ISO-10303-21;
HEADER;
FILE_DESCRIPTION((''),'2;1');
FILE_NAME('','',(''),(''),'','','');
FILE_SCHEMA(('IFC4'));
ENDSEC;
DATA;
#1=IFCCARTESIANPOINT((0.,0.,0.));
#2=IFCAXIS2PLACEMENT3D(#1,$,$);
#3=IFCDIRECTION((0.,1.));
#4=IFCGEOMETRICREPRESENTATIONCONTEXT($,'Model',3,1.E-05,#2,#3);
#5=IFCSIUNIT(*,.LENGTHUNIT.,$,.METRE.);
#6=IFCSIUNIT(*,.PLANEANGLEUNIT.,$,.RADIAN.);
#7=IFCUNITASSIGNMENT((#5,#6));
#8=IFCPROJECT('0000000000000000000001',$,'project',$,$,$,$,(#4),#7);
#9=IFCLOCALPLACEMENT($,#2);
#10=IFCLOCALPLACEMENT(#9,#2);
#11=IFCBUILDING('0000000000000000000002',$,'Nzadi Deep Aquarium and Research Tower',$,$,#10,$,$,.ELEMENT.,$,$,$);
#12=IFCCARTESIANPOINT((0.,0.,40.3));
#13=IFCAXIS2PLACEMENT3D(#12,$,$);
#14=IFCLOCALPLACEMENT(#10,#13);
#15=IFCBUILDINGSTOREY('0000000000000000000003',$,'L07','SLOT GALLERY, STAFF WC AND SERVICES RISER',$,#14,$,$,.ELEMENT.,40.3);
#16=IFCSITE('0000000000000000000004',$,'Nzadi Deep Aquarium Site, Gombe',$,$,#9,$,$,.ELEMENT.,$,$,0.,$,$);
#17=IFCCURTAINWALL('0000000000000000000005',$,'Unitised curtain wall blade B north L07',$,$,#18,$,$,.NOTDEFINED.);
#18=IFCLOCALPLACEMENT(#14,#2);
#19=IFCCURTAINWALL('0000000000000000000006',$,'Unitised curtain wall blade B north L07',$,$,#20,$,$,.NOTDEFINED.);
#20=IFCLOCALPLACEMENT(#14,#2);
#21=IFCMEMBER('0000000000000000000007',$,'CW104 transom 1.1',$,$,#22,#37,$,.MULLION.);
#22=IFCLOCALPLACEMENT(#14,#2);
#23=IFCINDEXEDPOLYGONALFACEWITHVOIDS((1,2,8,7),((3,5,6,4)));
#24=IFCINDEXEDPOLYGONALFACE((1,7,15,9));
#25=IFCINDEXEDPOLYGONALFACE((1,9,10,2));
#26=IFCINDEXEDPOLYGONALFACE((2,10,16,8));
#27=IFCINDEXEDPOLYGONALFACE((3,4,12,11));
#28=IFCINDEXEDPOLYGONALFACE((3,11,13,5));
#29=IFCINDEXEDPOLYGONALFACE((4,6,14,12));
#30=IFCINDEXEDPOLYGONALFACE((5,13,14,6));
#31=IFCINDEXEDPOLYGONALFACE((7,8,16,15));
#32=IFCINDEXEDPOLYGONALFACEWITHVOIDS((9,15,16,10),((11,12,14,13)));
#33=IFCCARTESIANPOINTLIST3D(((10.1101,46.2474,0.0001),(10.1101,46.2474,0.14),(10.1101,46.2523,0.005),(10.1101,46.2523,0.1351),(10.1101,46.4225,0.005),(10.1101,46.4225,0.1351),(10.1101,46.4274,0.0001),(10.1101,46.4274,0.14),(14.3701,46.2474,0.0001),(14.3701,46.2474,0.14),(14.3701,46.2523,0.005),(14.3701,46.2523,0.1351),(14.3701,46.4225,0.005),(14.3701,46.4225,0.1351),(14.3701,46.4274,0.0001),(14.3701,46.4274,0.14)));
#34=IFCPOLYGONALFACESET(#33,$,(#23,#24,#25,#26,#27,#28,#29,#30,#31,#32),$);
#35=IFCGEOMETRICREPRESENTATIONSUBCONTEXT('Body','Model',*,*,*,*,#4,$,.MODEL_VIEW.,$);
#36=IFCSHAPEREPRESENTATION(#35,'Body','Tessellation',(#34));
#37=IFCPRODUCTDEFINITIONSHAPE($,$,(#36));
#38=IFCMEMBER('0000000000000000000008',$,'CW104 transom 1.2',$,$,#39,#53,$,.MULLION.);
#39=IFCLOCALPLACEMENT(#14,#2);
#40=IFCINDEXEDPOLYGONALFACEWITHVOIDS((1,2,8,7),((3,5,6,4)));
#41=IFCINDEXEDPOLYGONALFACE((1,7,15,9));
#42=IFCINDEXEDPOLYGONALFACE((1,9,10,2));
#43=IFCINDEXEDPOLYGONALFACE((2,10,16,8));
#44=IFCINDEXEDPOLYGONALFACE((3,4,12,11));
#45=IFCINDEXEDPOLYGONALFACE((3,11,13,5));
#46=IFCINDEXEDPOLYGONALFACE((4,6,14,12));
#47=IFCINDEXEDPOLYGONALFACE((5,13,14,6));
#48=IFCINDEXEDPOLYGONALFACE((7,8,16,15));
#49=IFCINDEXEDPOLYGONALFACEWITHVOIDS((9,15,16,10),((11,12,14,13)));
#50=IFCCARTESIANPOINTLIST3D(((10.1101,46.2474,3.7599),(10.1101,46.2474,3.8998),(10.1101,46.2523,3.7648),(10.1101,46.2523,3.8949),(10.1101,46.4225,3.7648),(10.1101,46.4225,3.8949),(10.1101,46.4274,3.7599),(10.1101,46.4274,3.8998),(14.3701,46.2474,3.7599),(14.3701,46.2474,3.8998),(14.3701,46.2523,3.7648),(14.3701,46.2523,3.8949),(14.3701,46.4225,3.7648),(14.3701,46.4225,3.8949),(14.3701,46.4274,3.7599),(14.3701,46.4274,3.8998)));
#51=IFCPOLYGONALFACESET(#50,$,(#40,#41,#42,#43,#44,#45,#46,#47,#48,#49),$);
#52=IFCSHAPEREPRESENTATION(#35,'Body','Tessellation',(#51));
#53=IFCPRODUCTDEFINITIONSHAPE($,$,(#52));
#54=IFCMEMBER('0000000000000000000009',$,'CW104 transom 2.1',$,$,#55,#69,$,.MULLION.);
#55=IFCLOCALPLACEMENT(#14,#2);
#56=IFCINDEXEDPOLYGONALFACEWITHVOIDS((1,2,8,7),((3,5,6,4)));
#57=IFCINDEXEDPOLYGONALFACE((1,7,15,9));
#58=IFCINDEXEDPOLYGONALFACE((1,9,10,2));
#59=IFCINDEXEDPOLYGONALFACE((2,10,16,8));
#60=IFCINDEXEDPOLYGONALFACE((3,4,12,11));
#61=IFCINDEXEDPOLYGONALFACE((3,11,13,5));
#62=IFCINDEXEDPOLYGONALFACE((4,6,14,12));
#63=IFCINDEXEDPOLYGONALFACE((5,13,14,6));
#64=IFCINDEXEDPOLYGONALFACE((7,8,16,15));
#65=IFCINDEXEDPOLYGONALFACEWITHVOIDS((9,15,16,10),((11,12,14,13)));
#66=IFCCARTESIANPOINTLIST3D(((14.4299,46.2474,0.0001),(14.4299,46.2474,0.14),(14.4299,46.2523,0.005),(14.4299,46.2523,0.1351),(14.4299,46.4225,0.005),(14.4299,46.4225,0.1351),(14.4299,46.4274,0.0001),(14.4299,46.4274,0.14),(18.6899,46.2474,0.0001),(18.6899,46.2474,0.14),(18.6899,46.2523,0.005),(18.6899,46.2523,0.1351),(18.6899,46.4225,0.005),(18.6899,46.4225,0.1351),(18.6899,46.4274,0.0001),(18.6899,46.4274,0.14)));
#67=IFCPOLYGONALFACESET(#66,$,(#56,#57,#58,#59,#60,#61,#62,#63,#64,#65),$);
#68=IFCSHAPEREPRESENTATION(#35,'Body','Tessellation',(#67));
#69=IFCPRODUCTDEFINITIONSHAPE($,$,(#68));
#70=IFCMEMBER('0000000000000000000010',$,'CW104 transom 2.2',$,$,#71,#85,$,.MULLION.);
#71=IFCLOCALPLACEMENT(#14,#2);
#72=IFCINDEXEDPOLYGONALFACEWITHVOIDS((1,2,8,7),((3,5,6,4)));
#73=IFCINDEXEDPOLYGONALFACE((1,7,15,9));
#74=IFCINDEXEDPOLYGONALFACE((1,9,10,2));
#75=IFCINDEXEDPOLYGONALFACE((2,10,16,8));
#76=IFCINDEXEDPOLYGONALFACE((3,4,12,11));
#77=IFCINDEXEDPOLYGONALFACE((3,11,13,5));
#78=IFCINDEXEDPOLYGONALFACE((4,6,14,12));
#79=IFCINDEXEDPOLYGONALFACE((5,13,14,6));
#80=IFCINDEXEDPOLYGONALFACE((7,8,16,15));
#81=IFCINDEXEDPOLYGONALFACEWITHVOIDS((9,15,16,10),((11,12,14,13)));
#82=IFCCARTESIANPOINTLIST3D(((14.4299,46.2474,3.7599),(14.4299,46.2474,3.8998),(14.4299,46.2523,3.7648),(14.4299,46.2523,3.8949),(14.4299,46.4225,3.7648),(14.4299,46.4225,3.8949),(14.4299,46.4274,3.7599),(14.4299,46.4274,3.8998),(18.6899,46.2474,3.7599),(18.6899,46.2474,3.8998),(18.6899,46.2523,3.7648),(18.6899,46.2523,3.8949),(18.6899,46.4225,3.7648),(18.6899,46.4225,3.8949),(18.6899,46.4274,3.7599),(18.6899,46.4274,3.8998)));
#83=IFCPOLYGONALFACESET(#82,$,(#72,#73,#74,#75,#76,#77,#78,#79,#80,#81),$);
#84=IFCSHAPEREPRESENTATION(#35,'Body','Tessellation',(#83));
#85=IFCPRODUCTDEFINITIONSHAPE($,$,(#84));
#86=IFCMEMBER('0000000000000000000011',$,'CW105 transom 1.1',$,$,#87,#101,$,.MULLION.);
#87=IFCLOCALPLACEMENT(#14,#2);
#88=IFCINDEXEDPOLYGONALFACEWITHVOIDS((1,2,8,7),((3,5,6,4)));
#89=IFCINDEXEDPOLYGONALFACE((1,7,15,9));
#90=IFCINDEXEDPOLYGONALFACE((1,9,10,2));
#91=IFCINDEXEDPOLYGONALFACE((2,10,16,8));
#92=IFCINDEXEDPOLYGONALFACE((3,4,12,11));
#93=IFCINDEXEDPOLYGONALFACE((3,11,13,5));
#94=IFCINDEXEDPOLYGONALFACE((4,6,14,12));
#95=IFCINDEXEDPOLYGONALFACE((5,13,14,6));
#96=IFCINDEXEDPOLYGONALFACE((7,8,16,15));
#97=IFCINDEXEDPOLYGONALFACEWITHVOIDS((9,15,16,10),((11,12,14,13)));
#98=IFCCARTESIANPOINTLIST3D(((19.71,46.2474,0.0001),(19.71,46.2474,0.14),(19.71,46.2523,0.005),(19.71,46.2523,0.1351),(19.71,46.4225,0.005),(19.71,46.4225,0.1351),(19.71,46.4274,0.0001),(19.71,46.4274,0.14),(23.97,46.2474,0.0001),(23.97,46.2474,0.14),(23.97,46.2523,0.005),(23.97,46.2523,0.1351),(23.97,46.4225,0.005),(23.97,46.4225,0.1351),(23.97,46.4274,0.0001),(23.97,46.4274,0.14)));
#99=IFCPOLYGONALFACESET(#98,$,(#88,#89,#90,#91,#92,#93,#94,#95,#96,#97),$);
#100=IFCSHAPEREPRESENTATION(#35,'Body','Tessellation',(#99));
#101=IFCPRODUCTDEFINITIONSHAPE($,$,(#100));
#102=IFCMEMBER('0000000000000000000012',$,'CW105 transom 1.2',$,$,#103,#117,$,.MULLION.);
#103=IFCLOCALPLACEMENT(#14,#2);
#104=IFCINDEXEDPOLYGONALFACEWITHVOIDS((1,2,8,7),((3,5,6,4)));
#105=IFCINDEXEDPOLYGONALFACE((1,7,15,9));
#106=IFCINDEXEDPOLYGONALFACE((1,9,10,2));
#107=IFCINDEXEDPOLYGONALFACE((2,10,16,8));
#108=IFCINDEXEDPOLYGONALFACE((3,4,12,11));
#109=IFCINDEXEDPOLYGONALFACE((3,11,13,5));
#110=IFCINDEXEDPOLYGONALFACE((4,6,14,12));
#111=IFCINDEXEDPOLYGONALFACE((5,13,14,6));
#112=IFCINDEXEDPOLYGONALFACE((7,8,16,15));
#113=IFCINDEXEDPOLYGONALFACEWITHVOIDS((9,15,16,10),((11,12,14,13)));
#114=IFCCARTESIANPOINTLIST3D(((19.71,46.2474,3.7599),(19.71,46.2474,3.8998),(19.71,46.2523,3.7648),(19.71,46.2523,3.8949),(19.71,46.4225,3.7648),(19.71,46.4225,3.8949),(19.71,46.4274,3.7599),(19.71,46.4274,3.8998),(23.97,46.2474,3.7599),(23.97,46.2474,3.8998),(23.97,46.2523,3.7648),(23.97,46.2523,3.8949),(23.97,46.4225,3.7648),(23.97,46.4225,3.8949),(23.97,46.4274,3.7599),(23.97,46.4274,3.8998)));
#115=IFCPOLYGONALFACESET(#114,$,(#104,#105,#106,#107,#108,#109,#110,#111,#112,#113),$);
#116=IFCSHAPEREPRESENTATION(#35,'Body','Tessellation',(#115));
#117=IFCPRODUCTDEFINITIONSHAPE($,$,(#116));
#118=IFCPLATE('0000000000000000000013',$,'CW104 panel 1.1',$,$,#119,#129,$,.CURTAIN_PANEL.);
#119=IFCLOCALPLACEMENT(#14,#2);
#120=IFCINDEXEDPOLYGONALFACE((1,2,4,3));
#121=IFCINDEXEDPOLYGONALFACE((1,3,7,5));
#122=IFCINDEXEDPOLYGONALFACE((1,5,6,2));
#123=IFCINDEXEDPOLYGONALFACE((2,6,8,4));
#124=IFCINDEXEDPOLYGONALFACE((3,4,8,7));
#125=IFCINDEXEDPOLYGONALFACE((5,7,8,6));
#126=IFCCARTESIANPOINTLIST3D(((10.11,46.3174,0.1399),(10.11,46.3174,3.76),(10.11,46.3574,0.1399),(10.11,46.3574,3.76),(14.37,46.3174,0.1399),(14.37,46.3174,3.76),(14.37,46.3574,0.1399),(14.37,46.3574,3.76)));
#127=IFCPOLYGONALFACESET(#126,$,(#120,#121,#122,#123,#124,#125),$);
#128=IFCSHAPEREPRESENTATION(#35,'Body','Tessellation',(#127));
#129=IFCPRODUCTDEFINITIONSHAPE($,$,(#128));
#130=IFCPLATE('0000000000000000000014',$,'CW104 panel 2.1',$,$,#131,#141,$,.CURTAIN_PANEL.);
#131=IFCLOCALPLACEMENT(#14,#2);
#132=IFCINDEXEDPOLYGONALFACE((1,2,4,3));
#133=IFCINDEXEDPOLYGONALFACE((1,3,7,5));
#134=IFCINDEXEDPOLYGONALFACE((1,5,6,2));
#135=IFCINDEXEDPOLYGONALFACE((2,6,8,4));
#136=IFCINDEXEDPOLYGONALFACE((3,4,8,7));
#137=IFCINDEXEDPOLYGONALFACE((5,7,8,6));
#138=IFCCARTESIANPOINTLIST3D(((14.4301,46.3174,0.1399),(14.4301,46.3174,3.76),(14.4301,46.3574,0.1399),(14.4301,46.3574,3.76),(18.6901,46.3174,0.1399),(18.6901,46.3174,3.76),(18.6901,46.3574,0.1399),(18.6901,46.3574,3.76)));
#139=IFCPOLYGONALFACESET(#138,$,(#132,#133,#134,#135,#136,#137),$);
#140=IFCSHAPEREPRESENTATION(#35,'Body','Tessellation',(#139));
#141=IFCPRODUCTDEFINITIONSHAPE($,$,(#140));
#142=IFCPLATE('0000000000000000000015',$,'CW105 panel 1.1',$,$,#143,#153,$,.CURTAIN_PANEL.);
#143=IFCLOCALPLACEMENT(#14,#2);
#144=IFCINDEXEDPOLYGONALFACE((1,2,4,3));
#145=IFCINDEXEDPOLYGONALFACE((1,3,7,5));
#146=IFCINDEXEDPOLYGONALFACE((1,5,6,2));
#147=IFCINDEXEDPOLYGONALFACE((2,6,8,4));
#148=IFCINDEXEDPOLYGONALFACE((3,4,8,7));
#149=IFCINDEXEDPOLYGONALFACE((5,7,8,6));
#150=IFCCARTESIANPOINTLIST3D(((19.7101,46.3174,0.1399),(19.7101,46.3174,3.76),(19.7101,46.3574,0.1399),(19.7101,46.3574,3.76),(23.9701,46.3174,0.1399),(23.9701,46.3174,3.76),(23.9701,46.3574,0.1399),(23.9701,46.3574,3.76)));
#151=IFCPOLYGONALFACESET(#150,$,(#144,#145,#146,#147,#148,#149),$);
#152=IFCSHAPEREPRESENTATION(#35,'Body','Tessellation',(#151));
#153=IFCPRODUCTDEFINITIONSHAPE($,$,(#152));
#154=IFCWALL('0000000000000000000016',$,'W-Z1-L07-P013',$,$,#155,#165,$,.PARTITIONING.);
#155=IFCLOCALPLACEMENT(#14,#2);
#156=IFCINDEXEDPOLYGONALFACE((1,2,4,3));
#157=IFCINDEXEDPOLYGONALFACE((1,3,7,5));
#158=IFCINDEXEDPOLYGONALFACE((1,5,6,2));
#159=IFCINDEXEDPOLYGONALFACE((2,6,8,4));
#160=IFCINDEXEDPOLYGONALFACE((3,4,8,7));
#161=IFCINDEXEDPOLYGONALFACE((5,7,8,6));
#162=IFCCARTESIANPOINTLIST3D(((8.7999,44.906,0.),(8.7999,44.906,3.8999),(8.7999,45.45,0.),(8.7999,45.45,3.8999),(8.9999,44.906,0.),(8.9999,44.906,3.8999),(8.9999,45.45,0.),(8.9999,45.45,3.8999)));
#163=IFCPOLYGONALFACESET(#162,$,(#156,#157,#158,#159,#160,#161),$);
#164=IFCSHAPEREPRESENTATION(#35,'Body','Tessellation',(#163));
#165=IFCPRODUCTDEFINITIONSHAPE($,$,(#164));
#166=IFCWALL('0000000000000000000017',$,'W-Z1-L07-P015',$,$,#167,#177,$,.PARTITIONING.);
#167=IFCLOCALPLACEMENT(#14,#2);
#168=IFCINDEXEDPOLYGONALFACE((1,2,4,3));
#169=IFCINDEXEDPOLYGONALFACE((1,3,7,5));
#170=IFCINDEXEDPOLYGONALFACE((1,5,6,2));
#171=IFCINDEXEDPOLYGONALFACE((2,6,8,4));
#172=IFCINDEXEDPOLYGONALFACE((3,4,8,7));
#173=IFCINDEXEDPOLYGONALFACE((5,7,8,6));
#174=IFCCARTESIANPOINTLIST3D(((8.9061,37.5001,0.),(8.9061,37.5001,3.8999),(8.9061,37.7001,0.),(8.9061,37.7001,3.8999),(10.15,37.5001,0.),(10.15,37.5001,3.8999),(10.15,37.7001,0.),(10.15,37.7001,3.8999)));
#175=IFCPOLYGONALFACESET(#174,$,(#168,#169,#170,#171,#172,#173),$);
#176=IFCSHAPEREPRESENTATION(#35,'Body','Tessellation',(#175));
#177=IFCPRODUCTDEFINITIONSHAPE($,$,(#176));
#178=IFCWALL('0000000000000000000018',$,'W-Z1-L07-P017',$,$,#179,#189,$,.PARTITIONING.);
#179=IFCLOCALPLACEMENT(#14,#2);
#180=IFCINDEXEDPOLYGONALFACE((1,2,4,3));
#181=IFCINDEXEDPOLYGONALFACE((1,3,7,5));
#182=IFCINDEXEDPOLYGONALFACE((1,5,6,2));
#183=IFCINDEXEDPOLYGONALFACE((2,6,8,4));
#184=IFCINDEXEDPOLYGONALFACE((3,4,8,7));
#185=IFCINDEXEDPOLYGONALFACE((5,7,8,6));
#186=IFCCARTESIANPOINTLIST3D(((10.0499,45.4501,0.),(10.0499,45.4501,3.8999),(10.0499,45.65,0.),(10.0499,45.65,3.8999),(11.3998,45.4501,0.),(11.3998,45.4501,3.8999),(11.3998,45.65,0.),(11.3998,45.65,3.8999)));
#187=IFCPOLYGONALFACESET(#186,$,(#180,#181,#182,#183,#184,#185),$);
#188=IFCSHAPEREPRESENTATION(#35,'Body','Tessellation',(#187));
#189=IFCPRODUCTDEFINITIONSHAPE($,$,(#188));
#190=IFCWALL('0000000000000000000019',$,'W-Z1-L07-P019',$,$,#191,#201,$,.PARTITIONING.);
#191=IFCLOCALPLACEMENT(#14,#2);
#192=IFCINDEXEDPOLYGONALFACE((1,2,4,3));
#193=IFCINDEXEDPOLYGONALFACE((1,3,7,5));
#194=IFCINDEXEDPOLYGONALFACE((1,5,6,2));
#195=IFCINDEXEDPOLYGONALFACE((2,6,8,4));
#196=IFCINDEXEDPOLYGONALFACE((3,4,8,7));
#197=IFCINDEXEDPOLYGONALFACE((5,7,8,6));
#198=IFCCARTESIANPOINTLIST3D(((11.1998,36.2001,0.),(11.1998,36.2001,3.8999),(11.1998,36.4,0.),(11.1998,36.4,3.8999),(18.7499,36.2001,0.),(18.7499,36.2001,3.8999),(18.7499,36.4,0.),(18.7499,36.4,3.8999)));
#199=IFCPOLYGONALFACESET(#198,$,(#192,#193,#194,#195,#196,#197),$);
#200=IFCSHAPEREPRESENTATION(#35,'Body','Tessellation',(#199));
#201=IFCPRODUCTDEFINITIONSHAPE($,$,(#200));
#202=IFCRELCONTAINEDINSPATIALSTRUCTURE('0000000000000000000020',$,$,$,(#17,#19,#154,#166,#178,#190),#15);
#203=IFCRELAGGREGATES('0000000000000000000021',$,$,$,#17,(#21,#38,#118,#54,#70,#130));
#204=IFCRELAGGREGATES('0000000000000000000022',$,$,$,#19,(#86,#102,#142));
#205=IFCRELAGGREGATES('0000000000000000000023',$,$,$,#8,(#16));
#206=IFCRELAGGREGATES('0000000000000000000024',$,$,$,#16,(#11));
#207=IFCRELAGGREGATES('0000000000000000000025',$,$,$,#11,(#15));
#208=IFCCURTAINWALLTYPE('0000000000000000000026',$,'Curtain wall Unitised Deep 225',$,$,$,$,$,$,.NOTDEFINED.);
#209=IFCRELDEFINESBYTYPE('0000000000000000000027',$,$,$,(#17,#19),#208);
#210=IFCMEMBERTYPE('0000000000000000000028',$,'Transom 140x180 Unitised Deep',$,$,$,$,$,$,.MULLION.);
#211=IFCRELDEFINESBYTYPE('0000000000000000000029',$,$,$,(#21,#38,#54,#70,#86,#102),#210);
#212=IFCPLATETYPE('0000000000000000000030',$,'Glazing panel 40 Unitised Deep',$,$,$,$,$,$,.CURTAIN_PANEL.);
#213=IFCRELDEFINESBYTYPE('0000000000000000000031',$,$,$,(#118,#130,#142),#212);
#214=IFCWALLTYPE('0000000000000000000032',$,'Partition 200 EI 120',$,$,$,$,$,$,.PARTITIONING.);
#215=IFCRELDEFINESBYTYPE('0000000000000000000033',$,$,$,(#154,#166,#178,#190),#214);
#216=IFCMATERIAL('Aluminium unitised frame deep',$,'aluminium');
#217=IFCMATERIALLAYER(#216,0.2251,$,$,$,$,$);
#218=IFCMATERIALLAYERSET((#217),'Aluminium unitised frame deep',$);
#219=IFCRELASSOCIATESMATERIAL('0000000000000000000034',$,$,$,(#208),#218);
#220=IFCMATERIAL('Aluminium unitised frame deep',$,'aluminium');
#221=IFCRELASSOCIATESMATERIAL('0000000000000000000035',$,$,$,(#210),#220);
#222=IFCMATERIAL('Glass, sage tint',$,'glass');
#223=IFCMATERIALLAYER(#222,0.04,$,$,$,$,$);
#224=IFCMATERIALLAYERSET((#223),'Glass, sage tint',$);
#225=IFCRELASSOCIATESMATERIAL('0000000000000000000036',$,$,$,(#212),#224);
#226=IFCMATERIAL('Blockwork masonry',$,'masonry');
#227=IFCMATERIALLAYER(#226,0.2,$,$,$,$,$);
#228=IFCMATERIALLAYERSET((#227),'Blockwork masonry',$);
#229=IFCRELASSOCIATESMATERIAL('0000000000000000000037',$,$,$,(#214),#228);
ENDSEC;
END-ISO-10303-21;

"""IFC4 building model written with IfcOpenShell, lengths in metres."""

from ifc_helpers import new_model, si_unit, direction, frame, frame_2d, origin, origin_2d, place, context, subcontext, project, spatial, rectangle, hollow_rectangle, extrude, material, layer, layer_set, material_profile, profile_set, type_object, element, aggregate, save


model = new_model("IFC4")

# Units and contexts
model_context = context("Model", 3, precision=1e-05, world=origin(), true_north=direction((0.0, 1.0)))
body_context = subcontext(model_context, "Body", "Model", "MODEL_VIEW")
ifc_project = project(units=[si_unit("LENGTHUNIT", "METRE"), si_unit("PLANEANGLEUNIT", "RADIAN")], contexts=[model_context])

# Site, building, storey
site_placement = place(None, origin())
site = spatial("IfcSite", under=ifc_project, at=site_placement, Name="Nzadi Deep Aquarium Site, Gombe", CompositionType="ELEMENT", RefElevation=0.0)
building_placement = place(site_placement, origin())
building = spatial("IfcBuilding", under=site, at=building_placement, Name="Nzadi Deep Aquarium and Research Tower", CompositionType="ELEMENT")
storey_placement = place(building_placement, frame((0.0, 0.0, 40.3)))
storey = spatial("IfcBuildingStorey", under=building, at=storey_placement, Name="L07", Description="SLOT GALLERY, STAFF WC AND SERVICES RISER", CompositionType="ELEMENT", Elevation=40.3)

# Shared definitions
ifc_material_1 = material(Name="Aluminium unitised frame deep", Category="aluminium")
ifc_layer_1 = layer(ifc_material_1, 0.2251)
ifc_layer_set_1 = layer_set([ifc_layer_1], Name="Aluminium unitised frame deep")
curtain_wall_type = type_object("IfcCurtainWallType", Name="Curtain wall Unitised Deep 225", PredefinedType="NOTDEFINED", material=ifc_layer_set_1)

# Curtain wall
curtain_wall_1_placement = place(storey_placement, origin())
curtain_wall_1 = element("IfcCurtainWall", 1, at=curtain_wall_1_placement, inside=storey, type_object=curtain_wall_type, Name="Unitised curtain wall blade B north L07", PredefinedType="NOTDEFINED")

# Curtain wall
curtain_wall_2_placement = place(storey_placement, origin())
curtain_wall_2 = element("IfcCurtainWall", 2, at=curtain_wall_2_placement, inside=storey, type_object=curtain_wall_type, Name="Unitised curtain wall blade B north L07", PredefinedType="NOTDEFINED")

# Members
ifc_material_2 = material(Name="Aluminium unitised frame deep", Category="aluminium")
ifc_material_profile_1 = material_profile(ifc_material_2, hollow_rectangle(XDim=0.1799, YDim=0.1399, WallThickness=0.0049, at=origin_2d()))
ifc_profile_set_1 = profile_set([ifc_material_profile_1], Name="Aluminium unitised frame deep")
member_type_1 = type_object("IfcMemberType", Name="Transom 140x180 Unitised Deep", PredefinedType="MULLION", material=ifc_profile_set_1)
member_1_placement = place(storey_placement, frame((10.1101, 46.3374, 0.0701), z_axis=(1.0, 0.0, 0.0), x_axis=(0.0, 1.0, 0.0)))
member_1 = element("IfcMember", 3, at=member_1_placement, type_object=member_type_1, Name="CW104 transom 1.1", PredefinedType="MULLION", context=body_context, shape_type="SweptSolid", body=[
    extrude(hollow_rectangle(XDim=0.1799, YDim=0.1399, WallThickness=0.0049, at=origin_2d()), origin(), (0.0, 0.0, 1.0), 4.26),
])
member_2_placement = place(storey_placement, frame((10.1101, 46.3374, 3.8298), z_axis=(1.0, 0.0, 0.0), x_axis=(0.0, 1.0, 0.0)))
member_2 = element("IfcMember", 4, at=member_2_placement, type_object=member_type_1, Name="CW104 transom 1.2", PredefinedType="MULLION", context=body_context, shape_type="SweptSolid", body=[
    extrude(hollow_rectangle(XDim=0.1799, YDim=0.1399, WallThickness=0.0049, at=origin_2d()), origin(), (0.0, 0.0, 1.0), 4.26),
])
member_3_placement = place(storey_placement, frame((14.4299, 46.3374, 0.0701), z_axis=(1.0, 0.0, 0.0), x_axis=(0.0, 1.0, 0.0)))
member_3 = element("IfcMember", 5, at=member_3_placement, type_object=member_type_1, Name="CW104 transom 2.1", PredefinedType="MULLION", context=body_context, shape_type="SweptSolid", body=[
    extrude(hollow_rectangle(XDim=0.1799, YDim=0.1399, WallThickness=0.0049, at=origin_2d()), origin(), (0.0, 0.0, 1.0), 4.26),
])
member_4_placement = place(storey_placement, frame((14.4299, 46.3374, 3.8298), z_axis=(1.0, 0.0, 0.0), x_axis=(0.0, 1.0, 0.0)))
member_4 = element("IfcMember", 6, at=member_4_placement, type_object=member_type_1, Name="CW104 transom 2.2", PredefinedType="MULLION", context=body_context, shape_type="SweptSolid", body=[
    extrude(hollow_rectangle(XDim=0.1799, YDim=0.1399, WallThickness=0.0049, at=origin_2d()), origin(), (0.0, 0.0, 1.0), 4.26),
])
member_5_placement = place(storey_placement, frame((19.71, 46.3374, 0.0701), z_axis=(1.0, 0.0, 0.0), x_axis=(0.0, 1.0, 0.0)))
member_5 = element("IfcMember", 7, at=member_5_placement, type_object=member_type_1, Name="CW105 transom 1.1", PredefinedType="MULLION", context=body_context, shape_type="SweptSolid", body=[
    extrude(hollow_rectangle(XDim=0.1799, YDim=0.1399, WallThickness=0.0049, at=origin_2d()), origin(), (0.0, 0.0, 1.0), 4.26),
])
member_6_placement = place(storey_placement, frame((19.71, 46.3374, 3.8298), z_axis=(1.0, 0.0, 0.0), x_axis=(0.0, 1.0, 0.0)))
member_6 = element("IfcMember", 8, at=member_6_placement, type_object=member_type_1, Name="CW105 transom 1.2", PredefinedType="MULLION", context=body_context, shape_type="SweptSolid", body=[
    extrude(hollow_rectangle(XDim=0.1799, YDim=0.1399, WallThickness=0.0049, at=origin_2d()), origin(), (0.0, 0.0, 1.0), 4.26),
])

# Plates
ifc_material_3 = material(Name="Glass, sage tint", Category="glass")
ifc_layer_2 = layer(ifc_material_3, 0.04)
ifc_layer_set_2 = layer_set([ifc_layer_2], Name="Glass, sage tint")
plate_type = type_object("IfcPlateType", Name="Glazing panel 40 Unitised Deep", PredefinedType="CURTAIN_PANEL", material=ifc_layer_set_2)
plate_1_placement = place(storey_placement, frame((12.24, 46.3374, 0.1399), z_axis=(0.0, 0.0, 1.0), x_axis=(1.0, 0.0, 0.0)))
plate_1 = element("IfcPlate", 9, at=plate_1_placement, type_object=plate_type, Name="CW104 panel 1.1", PredefinedType="CURTAIN_PANEL", context=body_context, shape_type="SweptSolid", body=[
    extrude(rectangle(XDim=4.26, YDim=0.04, at=origin_2d()), origin(), (0.0, 0.0, 1.0), 3.6201),
])
plate_2_placement = place(storey_placement, frame((16.5601, 46.3374, 0.1399), z_axis=(0.0, 0.0, 1.0), x_axis=(1.0, 0.0, 0.0)))
plate_2 = element("IfcPlate", 10, at=plate_2_placement, type_object=plate_type, Name="CW104 panel 2.1", PredefinedType="CURTAIN_PANEL", context=body_context, shape_type="SweptSolid", body=[
    extrude(rectangle(XDim=4.26, YDim=0.04, at=origin_2d()), origin(), (0.0, 0.0, 1.0), 3.6201),
])
aggregate(curtain_wall_1, [member_1, member_2, plate_1, member_3, member_4, plate_2])
plate_3_placement = place(storey_placement, frame((21.8401, 46.3374, 0.1399), z_axis=(0.0, 0.0, 1.0), x_axis=(1.0, 0.0, 0.0)))
plate_3 = element("IfcPlate", 11, at=plate_3_placement, type_object=plate_type, Name="CW105 panel 1.1", PredefinedType="CURTAIN_PANEL", context=body_context, shape_type="SweptSolid", body=[
    extrude(rectangle(XDim=4.26, YDim=0.04, at=origin_2d()), origin(), (0.0, 0.0, 1.0), 3.6201),
])
aggregate(curtain_wall_2, [member_5, member_6, plate_3])

# Walls
ifc_material_4 = material(Name="Blockwork masonry", Category="masonry")
ifc_layer_3 = layer(ifc_material_4, 0.2)
ifc_layer_set_3 = layer_set([ifc_layer_3], Name="Blockwork masonry")
wall_type = type_object("IfcWallType", Name="Partition 200 EI 120", PredefinedType="PARTITIONING", material=ifc_layer_set_3)
wall_1_placement = place(storey_placement, frame((8.8999, 44.906, 0.0), z_axis=(0.0, 0.0, 1.0), x_axis=(0.0, 1.0, 0.0)))
element("IfcWall", 12, at=wall_1_placement, inside=storey, type_object=wall_type, Name="W-Z1-L07-P013", PredefinedType="PARTITIONING", context=body_context, shape_type="SweptSolid", body=[
    extrude(rectangle(XDim=0.5439, YDim=0.2, at=frame_2d((0.272, 0.0))), origin(), (0.0, 0.0, 1.0), 3.8999),
])
wall_2_placement = place(storey_placement, frame((8.906, 37.6001, 0.0), z_axis=(0.0, 0.0, 1.0), x_axis=(1.0, 0.0, 0.0)))
element("IfcWall", 13, at=wall_2_placement, inside=storey, type_object=wall_type, Name="W-Z1-L07-P015", PredefinedType="PARTITIONING", context=body_context, shape_type="SweptSolid", body=[
    extrude(rectangle(XDim=1.2439, YDim=0.2, at=frame_2d((0.6221, 0.0))), origin(), (0.0, 0.0, 1.0), 3.8999),
])
wall_3_placement = place(storey_placement, frame((10.05, 45.55, 0.0), z_axis=(0.0, 0.0, 1.0), x_axis=(1.0, 0.0, 0.0)))
element("IfcWall", 14, at=wall_3_placement, inside=storey, type_object=wall_type, Name="W-Z1-L07-P017", PredefinedType="PARTITIONING", context=body_context, shape_type="SweptSolid", body=[
    extrude(rectangle(XDim=1.3499, YDim=0.2, at=frame_2d((0.6748, 0.0))), origin(), (0.0, 0.0, 1.0), 3.8999),
])
wall_4_placement = place(storey_placement, frame((11.2, 36.3, 0.0), z_axis=(0.0, 0.0, 1.0), x_axis=(1.0, 0.0, 0.0)))
element("IfcWall", 15, at=wall_4_placement, inside=storey, type_object=wall_type, Name="W-Z1-L07-P019", PredefinedType="PARTITIONING", context=body_context, shape_type="SweptSolid", body=[
    extrude(rectangle(XDim=7.55, YDim=0.2, at=frame_2d((3.7749, 0.0))), origin(), (0.0, 0.0, 1.0), 3.8999),
])

save(model, "model.ifc")
